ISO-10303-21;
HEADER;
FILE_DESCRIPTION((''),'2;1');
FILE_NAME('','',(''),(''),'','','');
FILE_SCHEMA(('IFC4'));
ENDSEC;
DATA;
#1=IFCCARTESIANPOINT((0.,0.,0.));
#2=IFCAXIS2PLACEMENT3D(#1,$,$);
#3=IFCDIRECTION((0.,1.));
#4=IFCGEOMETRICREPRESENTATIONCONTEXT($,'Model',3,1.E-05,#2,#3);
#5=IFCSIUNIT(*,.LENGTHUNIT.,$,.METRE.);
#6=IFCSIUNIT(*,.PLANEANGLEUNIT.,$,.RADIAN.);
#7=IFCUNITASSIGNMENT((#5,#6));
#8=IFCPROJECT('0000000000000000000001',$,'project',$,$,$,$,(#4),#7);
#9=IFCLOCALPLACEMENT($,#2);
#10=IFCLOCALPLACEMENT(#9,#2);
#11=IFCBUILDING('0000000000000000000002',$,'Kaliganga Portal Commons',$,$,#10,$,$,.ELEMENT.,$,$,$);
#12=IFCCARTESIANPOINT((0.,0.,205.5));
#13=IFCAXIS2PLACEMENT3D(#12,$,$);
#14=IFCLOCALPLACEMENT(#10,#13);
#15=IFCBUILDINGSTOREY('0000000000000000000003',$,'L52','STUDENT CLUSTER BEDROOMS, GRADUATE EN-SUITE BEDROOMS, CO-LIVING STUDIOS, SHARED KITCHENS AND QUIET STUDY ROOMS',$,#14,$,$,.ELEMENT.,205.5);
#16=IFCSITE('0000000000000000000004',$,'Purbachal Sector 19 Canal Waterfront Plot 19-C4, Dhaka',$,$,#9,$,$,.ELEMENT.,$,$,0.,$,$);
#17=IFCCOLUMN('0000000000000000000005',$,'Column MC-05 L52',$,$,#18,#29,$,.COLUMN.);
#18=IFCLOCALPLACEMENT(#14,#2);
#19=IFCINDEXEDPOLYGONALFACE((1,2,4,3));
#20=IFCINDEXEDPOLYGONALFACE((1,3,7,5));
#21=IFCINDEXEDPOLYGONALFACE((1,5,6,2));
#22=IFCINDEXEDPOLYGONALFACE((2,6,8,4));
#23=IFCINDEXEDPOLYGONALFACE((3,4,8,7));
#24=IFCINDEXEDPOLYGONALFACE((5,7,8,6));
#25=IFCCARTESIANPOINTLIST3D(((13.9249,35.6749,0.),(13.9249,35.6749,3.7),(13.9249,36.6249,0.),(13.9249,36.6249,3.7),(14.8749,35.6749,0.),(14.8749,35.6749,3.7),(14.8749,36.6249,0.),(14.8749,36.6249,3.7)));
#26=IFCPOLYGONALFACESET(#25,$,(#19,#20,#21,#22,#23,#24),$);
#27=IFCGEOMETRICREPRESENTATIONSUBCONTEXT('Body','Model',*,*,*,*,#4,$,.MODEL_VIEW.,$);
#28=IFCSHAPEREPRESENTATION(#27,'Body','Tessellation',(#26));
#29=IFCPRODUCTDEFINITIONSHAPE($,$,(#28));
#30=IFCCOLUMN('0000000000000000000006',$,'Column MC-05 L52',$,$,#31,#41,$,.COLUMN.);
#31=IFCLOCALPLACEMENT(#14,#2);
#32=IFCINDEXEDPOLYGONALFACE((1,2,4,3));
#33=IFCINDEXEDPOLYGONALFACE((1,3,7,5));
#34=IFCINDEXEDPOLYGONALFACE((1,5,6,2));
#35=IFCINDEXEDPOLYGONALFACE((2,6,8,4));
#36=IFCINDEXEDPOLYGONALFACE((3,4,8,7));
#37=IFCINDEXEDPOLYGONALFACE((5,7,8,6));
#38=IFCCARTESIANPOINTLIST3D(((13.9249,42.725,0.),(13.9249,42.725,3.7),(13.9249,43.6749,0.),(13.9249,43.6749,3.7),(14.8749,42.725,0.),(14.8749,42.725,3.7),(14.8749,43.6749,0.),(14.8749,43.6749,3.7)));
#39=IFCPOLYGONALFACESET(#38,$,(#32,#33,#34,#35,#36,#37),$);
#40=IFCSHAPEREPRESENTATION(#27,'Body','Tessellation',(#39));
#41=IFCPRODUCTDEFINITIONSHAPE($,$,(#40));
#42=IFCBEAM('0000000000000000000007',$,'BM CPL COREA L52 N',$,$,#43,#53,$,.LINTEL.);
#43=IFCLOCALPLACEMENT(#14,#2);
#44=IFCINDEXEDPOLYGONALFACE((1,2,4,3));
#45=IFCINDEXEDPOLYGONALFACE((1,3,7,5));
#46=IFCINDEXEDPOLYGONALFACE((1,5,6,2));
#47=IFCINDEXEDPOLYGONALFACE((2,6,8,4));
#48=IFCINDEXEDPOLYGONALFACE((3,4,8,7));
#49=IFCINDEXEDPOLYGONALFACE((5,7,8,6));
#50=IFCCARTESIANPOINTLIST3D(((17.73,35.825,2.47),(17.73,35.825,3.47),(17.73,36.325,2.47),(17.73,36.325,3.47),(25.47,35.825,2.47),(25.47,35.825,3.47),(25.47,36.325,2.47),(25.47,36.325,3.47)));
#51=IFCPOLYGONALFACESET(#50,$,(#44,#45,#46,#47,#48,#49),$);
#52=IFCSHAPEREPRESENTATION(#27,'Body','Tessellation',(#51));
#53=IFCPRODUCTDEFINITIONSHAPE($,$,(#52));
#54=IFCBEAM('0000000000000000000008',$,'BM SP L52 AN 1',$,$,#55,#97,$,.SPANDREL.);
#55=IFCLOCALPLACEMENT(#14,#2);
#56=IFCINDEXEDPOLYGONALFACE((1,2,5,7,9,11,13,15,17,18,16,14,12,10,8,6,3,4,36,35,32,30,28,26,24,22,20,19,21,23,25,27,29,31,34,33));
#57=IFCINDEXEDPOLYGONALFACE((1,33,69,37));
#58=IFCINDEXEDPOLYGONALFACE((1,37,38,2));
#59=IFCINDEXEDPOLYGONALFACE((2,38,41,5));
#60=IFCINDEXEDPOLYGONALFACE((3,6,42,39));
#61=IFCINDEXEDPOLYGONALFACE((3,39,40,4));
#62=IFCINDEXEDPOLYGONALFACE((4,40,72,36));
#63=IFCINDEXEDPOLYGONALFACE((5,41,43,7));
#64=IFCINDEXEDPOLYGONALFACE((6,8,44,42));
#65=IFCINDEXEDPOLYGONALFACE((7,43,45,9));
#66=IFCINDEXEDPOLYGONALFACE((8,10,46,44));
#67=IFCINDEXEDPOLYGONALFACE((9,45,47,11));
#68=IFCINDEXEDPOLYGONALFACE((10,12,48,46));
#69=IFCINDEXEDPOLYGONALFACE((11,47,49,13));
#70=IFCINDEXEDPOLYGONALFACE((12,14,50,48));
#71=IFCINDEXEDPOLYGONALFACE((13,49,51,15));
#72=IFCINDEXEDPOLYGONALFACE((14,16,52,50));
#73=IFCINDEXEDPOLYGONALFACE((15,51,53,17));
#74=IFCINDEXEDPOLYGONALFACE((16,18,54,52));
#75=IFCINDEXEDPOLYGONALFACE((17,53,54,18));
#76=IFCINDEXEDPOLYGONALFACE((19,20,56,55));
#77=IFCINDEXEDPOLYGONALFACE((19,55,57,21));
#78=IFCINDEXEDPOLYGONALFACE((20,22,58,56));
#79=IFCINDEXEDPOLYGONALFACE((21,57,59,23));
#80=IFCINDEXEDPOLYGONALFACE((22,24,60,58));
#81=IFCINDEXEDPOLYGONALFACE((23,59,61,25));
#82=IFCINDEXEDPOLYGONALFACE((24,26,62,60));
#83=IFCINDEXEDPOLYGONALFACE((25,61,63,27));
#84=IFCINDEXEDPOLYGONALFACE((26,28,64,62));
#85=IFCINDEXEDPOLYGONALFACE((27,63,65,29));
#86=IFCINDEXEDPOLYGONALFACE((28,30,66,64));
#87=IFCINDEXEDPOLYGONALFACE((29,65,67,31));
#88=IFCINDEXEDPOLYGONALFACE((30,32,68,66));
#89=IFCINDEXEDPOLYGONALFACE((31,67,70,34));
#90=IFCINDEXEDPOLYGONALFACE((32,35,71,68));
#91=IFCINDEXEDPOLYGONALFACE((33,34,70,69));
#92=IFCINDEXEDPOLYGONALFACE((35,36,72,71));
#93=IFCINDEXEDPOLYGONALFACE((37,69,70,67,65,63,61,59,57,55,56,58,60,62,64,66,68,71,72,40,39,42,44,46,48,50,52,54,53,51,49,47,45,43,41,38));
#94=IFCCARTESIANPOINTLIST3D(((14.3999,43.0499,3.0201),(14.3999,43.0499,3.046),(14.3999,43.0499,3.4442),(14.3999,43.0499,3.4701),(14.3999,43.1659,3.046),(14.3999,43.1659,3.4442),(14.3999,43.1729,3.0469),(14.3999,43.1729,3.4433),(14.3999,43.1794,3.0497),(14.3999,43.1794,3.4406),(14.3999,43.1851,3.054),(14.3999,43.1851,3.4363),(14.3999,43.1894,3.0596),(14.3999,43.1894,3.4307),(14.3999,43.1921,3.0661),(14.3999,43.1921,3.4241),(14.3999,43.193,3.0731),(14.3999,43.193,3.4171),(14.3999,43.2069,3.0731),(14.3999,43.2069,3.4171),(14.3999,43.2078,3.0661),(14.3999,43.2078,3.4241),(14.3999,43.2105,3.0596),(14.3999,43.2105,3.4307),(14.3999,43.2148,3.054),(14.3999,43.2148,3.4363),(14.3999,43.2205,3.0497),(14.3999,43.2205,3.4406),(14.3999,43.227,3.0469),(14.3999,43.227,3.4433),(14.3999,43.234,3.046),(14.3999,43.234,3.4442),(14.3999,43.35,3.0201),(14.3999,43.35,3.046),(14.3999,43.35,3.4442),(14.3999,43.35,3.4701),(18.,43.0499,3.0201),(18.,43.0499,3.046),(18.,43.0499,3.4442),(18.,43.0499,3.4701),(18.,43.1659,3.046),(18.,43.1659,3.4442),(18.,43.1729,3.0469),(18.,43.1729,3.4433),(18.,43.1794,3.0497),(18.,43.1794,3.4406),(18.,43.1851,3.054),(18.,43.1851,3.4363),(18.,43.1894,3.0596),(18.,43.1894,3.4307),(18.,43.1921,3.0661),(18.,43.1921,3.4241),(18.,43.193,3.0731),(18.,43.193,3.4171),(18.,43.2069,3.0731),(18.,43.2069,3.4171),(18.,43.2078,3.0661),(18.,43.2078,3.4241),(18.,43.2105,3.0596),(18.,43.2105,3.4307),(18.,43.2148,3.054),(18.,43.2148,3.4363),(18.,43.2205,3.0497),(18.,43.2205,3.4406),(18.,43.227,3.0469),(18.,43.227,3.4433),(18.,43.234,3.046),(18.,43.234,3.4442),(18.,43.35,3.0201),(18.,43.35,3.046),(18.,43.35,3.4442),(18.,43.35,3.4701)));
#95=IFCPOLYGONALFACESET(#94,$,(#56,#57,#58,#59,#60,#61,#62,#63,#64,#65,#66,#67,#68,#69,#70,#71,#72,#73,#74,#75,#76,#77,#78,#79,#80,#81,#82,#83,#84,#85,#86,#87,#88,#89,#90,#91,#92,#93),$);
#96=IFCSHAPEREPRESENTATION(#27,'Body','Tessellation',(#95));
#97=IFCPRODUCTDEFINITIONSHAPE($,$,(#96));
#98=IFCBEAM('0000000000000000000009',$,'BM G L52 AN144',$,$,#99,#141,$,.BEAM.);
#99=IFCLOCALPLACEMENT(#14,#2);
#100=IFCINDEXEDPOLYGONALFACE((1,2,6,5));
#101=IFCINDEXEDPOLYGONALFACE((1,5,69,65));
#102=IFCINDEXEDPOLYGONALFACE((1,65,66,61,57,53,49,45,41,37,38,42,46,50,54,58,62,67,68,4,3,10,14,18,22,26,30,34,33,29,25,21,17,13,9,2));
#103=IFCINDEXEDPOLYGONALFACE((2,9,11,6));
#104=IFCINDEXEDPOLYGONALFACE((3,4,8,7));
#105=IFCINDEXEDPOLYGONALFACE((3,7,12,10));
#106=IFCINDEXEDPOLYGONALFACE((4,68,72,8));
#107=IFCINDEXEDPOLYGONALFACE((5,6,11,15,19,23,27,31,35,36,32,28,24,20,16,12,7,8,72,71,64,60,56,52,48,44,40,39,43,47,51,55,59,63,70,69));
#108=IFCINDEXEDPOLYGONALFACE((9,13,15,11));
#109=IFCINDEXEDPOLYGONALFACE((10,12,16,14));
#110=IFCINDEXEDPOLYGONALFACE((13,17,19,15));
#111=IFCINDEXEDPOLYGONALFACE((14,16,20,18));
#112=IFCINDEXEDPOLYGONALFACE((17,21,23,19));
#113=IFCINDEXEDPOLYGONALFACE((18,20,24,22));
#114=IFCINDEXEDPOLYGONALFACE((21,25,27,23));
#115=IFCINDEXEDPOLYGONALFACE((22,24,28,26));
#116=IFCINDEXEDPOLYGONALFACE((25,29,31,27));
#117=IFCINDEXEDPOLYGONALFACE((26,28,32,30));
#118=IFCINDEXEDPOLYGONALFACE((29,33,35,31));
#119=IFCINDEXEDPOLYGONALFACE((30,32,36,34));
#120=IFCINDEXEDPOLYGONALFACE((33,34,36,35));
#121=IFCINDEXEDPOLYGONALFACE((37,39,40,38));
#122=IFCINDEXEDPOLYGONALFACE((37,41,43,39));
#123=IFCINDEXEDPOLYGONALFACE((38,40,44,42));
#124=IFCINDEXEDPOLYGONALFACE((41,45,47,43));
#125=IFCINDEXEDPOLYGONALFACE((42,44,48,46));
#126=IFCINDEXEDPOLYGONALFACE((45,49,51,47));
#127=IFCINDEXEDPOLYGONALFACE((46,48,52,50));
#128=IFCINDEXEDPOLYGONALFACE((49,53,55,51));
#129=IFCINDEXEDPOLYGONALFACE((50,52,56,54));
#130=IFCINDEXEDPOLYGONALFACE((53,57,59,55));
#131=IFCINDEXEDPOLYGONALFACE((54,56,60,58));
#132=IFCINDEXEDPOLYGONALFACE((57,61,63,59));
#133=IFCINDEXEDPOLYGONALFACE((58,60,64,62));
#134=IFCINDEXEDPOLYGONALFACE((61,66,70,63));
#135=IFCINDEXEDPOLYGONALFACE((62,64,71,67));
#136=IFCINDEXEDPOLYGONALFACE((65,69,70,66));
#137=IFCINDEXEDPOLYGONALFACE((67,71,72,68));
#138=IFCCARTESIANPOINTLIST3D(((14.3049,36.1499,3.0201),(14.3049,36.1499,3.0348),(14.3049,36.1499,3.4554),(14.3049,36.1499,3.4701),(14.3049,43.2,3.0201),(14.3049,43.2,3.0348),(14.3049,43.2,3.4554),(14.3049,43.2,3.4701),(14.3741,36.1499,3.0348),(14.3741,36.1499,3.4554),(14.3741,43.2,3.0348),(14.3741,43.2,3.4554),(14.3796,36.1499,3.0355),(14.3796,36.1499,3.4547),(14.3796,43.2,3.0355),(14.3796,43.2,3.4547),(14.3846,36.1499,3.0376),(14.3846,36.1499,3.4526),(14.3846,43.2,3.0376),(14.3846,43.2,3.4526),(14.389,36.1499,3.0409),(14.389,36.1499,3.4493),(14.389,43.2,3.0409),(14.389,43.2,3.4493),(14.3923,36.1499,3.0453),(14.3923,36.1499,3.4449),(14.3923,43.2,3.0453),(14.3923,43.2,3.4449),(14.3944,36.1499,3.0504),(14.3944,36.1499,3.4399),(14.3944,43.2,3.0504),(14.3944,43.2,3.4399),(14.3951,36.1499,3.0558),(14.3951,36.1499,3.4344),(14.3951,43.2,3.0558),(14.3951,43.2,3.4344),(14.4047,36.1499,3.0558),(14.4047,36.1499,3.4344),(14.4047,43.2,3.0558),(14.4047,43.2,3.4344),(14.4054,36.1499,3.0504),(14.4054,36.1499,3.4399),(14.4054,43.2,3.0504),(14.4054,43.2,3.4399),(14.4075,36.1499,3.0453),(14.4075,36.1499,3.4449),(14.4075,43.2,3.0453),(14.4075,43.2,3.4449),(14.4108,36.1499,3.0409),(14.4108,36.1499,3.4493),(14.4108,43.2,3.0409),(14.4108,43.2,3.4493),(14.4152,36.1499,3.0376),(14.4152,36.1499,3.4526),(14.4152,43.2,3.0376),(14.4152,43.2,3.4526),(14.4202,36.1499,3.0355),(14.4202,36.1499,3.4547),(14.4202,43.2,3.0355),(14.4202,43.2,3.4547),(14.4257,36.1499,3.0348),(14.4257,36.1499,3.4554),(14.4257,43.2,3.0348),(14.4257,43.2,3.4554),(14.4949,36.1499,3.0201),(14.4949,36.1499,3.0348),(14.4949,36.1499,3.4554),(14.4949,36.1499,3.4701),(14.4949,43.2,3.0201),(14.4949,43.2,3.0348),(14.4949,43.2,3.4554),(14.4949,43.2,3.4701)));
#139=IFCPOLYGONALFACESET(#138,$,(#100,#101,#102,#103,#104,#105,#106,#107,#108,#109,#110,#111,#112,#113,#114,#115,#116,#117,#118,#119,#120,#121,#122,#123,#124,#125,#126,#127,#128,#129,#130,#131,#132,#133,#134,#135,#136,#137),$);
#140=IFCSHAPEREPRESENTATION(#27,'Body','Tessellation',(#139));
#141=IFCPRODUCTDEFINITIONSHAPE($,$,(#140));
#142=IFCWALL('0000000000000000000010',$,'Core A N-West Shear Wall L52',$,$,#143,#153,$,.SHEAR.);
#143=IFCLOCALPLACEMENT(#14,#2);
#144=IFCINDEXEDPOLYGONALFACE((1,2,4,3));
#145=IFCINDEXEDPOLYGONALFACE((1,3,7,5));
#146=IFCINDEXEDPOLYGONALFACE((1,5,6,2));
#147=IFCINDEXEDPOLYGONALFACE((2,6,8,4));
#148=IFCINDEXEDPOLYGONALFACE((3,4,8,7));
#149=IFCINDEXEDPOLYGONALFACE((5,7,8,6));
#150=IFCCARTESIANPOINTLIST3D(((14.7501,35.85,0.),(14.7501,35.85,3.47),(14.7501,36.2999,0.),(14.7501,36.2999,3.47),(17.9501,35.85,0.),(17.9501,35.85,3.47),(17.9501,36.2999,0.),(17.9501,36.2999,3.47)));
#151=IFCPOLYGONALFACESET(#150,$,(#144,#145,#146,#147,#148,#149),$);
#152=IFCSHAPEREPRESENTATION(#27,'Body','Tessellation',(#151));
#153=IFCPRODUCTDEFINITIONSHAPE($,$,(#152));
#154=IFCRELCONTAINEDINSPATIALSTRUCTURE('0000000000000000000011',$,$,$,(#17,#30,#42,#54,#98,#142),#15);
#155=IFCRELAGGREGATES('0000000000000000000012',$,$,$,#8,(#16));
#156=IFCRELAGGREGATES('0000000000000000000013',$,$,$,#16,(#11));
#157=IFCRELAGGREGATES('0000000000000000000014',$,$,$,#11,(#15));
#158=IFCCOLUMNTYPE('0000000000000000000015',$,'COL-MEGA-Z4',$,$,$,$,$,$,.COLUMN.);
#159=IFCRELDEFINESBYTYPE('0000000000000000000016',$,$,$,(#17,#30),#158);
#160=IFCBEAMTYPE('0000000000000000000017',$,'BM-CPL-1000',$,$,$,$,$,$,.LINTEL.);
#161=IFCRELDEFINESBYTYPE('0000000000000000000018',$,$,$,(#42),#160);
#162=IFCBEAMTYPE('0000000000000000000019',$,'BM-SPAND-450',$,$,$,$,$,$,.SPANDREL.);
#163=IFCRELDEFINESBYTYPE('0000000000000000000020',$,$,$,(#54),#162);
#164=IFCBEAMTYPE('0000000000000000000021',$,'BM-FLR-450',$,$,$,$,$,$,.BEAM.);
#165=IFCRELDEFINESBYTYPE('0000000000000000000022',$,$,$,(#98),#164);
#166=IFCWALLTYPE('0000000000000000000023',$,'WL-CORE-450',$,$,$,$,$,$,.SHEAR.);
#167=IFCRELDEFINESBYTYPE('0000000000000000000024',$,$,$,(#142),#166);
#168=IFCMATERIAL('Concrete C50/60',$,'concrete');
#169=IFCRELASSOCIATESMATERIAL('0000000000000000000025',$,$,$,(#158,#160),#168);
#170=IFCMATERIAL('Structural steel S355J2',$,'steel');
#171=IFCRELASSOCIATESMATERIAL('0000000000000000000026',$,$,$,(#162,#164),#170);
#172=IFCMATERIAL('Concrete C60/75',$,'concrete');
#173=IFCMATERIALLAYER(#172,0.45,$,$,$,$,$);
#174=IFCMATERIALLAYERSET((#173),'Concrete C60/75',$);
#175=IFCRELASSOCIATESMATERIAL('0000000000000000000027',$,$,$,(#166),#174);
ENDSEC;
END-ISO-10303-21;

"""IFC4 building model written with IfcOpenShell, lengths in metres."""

from ifc_helpers import new_model, si_unit, direction, frame, frame_2d, origin, origin_2d, place, context, subcontext, project, spatial, rectangle, i_section, extrude, source, transform, mapped, material, layer, layer_set, material_profile, profile_set, type_object, element, save


model = new_model("IFC4")

# Units and contexts
model_context = context("Model", 3, precision=1e-05, world=origin(), true_north=direction((0.0, 1.0)))
body_context = subcontext(model_context, "Body", "Model", "MODEL_VIEW")
ifc_project = project(units=[si_unit("LENGTHUNIT", "METRE"), si_unit("PLANEANGLEUNIT", "RADIAN")], contexts=[model_context])

# Site, building, storey
site_placement = place(None, origin())
site = spatial("IfcSite", under=ifc_project, at=site_placement, Name="Purbachal Sector 19 Canal Waterfront Plot 19-C4, Dhaka", CompositionType="ELEMENT", RefElevation=0.0)
building_placement = place(site_placement, origin())
building = spatial("IfcBuilding", under=site, at=building_placement, Name="Kaliganga Portal Commons", CompositionType="ELEMENT")
storey_placement = place(building_placement, frame((0.0, 0.0, 205.5)))
storey = spatial("IfcBuildingStorey", under=building, at=storey_placement, Name="L52", Description="STUDENT CLUSTER BEDROOMS, GRADUATE EN-SUITE BEDROOMS, CO-LIVING STUDIOS, SHARED KITCHENS AND QUIET STUDY ROOMS", CompositionType="ELEMENT", Elevation=205.5)

# Columns
ifc_material_1 = material(Name="Concrete C50/60", Category="concrete")
ifc_material_profile_1 = material_profile(ifc_material_1, rectangle(XDim=0.95, YDim=0.95, at=origin_2d()), Name="RC 950x950")
ifc_profile_set_1 = profile_set([ifc_material_profile_1], Name="Concrete C50/60")
column_type = type_object("IfcColumnType", Name="COL-MEGA-Z4", PredefinedType="COLUMN", material=ifc_profile_set_1)
shared_shape_1 = source(origin(), body_context, "Body", "SweptSolid", [
    extrude(rectangle(XDim=0.95, YDim=0.95, at=origin_2d()), origin(), (0.0, 0.0, 1.0), 3.7),
])
for number, where, z_axis, x_axis, name in (
    (1, (14.3999, 36.1499, 0.0), (0.0, 0.0, 1.0), (1.0, 0.0, 0.0), "Column MC-05 L52"),
    (2, (14.3999, 43.2, 0.0), (0.0, 0.0, 1.0), (1.0, 0.0, 0.0), "Column MC-05 L52"),
):
    element("IfcColumn", number, at=place(storey_placement, frame(where, z_axis=z_axis, x_axis=x_axis)), inside=storey, type_object=column_type, Name=name, PredefinedType="COLUMN", context=body_context, shape_type="MappedRepresentation", body=[
        mapped(shared_shape_1, transform((0.0, 0.0, 0.0), x_axis=(1.0, 0.0, 0.0), y_axis=(0.0, 1.0, 0.0), z_axis=(0.0, 0.0, 1.0), scale=1.0)),
    ])

# Beams
ifc_material_profile_2 = material_profile(ifc_material_1, rectangle(XDim=0.5, YDim=1.0, at=origin_2d()), Name="RC 500x1000")
ifc_profile_set_2 = profile_set([ifc_material_profile_2], Name="Concrete C50/60")
beam_type_1 = type_object("IfcBeamType", Name="BM-CPL-1000", PredefinedType="LINTEL", material=ifc_profile_set_2)
shared_shape_2 = source(origin(), body_context, "Body", "SweptSolid", [
    extrude(rectangle(XDim=0.5, YDim=1.0, at=origin_2d()), origin(), (0.0, 0.0, 1.0), 7.74),
])
beam_1_placement = place(storey_placement, frame((17.73, 36.075, 2.97), z_axis=(1.0, 0.0, 0.0), x_axis=(0.0, 1.0, 0.0)))
element("IfcBeam", 3, at=beam_1_placement, inside=storey, type_object=beam_type_1, Name="BM CPL COREA L52 N", PredefinedType="LINTEL", context=body_context, shape_type="MappedRepresentation", body=[
    mapped(shared_shape_2, transform((0.0, 0.0, 0.0), x_axis=(1.0, 0.0, 0.0), y_axis=(0.0, 1.0, 0.0), z_axis=(0.0, 0.0, 1.0), scale=1.0)),
])
ifc_material_2 = material(Name="Structural steel S355J2", Category="steel")
ifc_material_profile_3 = material_profile(ifc_material_2, i_section(OverallWidth=0.3, OverallDepth=0.45, WebThickness=0.0139, FlangeThickness=0.0259, FilletRadius=0.0271, at=origin_2d()), Name="HE 450 B")
ifc_profile_set_3 = profile_set([ifc_material_profile_3], Name="Structural steel S355J2 wide-flange")
beam_type_2 = type_object("IfcBeamType", Name="BM-SPAND-450", PredefinedType="SPANDREL", material=ifc_profile_set_3)
shared_shape_3 = source(origin(), body_context, "Body", "SweptSolid", [
    extrude(i_section(OverallWidth=0.3, OverallDepth=0.45, WebThickness=0.0139, FlangeThickness=0.0259, FilletRadius=0.0271, at=origin_2d()), origin(), (0.0, 0.0, 1.0), 3.6001),
])
beam_2_placement = place(storey_placement, frame((14.3999, 43.2, 3.2451), z_axis=(1.0, 0.0, 0.0), x_axis=(0.0, 1.0, 0.0)))
element("IfcBeam", 4, at=beam_2_placement, inside=storey, type_object=beam_type_2, Name="BM SP L52 AN 1", PredefinedType="SPANDREL", context=body_context, shape_type="MappedRepresentation", body=[
    mapped(shared_shape_3, transform((0.0, 0.0, 0.0), x_axis=(1.0, 0.0, 0.0), y_axis=(0.0, 1.0, 0.0), z_axis=(0.0, 0.0, 1.0), scale=1.0)),
])
ifc_material_profile_4 = material_profile(ifc_material_2, i_section(OverallWidth=0.1899, OverallDepth=0.45, WebThickness=0.0095, FlangeThickness=0.0146, FilletRadius=0.021, at=origin_2d()), Name="IPE 450")
ifc_profile_set_4 = profile_set([ifc_material_profile_4], Name="Structural steel S355J2 wide-flange")
beam_type_3 = type_object("IfcBeamType", Name="BM-FLR-450", PredefinedType="BEAM", material=ifc_profile_set_4)
shared_shape_4 = source(origin(), body_context, "Body", "SweptSolid", [
    extrude(i_section(OverallWidth=0.1899, OverallDepth=0.45, WebThickness=0.0095, FlangeThickness=0.0146, FilletRadius=0.021, at=origin_2d()), origin(), (0.0, 0.0, 1.0), 7.05),
])
beam_3_placement = place(storey_placement, frame((14.3999, 36.1499, 3.2451), z_axis=(0.0, 1.0, 0.0), x_axis=(-1.0, 0.0, 0.0)))
element("IfcBeam", 5, at=beam_3_placement, inside=storey, type_object=beam_type_3, Name="BM G L52 AN144", PredefinedType="BEAM", context=body_context, shape_type="MappedRepresentation", body=[
    mapped(shared_shape_4, transform((0.0, 0.0, 0.0), x_axis=(1.0, 0.0, 0.0), y_axis=(0.0, 1.0, 0.0), z_axis=(0.0, 0.0, 1.0), scale=1.0)),
])

# Wall
ifc_material_3 = material(Name="Concrete C60/75", Category="concrete")
ifc_layer_1 = layer(ifc_material_3, 0.45)
ifc_layer_set_1 = layer_set([ifc_layer_1], Name="Concrete C60/75")
wall_type_1 = type_object("IfcWallType", Name="WL-CORE-450", PredefinedType="SHEAR", material=ifc_layer_set_1)
wall_1_placement = place(storey_placement, frame((14.75, 36.075, 0.0), z_axis=(0.0, 0.0, 1.0), x_axis=(1.0, 0.0, 0.0)))
element("IfcWall", 6, at=wall_1_placement, inside=storey, type_object=wall_type_1, Name="Core A N-West Shear Wall L52", PredefinedType="SHEAR", context=body_context, shape_type="SweptSolid", body=[
    extrude(rectangle(XDim=3.2, YDim=0.45, at=frame_2d((1.6001, 0.0))), origin(), (0.0, 0.0, 1.0), 3.47),
])

save(model, "model.ifc")
